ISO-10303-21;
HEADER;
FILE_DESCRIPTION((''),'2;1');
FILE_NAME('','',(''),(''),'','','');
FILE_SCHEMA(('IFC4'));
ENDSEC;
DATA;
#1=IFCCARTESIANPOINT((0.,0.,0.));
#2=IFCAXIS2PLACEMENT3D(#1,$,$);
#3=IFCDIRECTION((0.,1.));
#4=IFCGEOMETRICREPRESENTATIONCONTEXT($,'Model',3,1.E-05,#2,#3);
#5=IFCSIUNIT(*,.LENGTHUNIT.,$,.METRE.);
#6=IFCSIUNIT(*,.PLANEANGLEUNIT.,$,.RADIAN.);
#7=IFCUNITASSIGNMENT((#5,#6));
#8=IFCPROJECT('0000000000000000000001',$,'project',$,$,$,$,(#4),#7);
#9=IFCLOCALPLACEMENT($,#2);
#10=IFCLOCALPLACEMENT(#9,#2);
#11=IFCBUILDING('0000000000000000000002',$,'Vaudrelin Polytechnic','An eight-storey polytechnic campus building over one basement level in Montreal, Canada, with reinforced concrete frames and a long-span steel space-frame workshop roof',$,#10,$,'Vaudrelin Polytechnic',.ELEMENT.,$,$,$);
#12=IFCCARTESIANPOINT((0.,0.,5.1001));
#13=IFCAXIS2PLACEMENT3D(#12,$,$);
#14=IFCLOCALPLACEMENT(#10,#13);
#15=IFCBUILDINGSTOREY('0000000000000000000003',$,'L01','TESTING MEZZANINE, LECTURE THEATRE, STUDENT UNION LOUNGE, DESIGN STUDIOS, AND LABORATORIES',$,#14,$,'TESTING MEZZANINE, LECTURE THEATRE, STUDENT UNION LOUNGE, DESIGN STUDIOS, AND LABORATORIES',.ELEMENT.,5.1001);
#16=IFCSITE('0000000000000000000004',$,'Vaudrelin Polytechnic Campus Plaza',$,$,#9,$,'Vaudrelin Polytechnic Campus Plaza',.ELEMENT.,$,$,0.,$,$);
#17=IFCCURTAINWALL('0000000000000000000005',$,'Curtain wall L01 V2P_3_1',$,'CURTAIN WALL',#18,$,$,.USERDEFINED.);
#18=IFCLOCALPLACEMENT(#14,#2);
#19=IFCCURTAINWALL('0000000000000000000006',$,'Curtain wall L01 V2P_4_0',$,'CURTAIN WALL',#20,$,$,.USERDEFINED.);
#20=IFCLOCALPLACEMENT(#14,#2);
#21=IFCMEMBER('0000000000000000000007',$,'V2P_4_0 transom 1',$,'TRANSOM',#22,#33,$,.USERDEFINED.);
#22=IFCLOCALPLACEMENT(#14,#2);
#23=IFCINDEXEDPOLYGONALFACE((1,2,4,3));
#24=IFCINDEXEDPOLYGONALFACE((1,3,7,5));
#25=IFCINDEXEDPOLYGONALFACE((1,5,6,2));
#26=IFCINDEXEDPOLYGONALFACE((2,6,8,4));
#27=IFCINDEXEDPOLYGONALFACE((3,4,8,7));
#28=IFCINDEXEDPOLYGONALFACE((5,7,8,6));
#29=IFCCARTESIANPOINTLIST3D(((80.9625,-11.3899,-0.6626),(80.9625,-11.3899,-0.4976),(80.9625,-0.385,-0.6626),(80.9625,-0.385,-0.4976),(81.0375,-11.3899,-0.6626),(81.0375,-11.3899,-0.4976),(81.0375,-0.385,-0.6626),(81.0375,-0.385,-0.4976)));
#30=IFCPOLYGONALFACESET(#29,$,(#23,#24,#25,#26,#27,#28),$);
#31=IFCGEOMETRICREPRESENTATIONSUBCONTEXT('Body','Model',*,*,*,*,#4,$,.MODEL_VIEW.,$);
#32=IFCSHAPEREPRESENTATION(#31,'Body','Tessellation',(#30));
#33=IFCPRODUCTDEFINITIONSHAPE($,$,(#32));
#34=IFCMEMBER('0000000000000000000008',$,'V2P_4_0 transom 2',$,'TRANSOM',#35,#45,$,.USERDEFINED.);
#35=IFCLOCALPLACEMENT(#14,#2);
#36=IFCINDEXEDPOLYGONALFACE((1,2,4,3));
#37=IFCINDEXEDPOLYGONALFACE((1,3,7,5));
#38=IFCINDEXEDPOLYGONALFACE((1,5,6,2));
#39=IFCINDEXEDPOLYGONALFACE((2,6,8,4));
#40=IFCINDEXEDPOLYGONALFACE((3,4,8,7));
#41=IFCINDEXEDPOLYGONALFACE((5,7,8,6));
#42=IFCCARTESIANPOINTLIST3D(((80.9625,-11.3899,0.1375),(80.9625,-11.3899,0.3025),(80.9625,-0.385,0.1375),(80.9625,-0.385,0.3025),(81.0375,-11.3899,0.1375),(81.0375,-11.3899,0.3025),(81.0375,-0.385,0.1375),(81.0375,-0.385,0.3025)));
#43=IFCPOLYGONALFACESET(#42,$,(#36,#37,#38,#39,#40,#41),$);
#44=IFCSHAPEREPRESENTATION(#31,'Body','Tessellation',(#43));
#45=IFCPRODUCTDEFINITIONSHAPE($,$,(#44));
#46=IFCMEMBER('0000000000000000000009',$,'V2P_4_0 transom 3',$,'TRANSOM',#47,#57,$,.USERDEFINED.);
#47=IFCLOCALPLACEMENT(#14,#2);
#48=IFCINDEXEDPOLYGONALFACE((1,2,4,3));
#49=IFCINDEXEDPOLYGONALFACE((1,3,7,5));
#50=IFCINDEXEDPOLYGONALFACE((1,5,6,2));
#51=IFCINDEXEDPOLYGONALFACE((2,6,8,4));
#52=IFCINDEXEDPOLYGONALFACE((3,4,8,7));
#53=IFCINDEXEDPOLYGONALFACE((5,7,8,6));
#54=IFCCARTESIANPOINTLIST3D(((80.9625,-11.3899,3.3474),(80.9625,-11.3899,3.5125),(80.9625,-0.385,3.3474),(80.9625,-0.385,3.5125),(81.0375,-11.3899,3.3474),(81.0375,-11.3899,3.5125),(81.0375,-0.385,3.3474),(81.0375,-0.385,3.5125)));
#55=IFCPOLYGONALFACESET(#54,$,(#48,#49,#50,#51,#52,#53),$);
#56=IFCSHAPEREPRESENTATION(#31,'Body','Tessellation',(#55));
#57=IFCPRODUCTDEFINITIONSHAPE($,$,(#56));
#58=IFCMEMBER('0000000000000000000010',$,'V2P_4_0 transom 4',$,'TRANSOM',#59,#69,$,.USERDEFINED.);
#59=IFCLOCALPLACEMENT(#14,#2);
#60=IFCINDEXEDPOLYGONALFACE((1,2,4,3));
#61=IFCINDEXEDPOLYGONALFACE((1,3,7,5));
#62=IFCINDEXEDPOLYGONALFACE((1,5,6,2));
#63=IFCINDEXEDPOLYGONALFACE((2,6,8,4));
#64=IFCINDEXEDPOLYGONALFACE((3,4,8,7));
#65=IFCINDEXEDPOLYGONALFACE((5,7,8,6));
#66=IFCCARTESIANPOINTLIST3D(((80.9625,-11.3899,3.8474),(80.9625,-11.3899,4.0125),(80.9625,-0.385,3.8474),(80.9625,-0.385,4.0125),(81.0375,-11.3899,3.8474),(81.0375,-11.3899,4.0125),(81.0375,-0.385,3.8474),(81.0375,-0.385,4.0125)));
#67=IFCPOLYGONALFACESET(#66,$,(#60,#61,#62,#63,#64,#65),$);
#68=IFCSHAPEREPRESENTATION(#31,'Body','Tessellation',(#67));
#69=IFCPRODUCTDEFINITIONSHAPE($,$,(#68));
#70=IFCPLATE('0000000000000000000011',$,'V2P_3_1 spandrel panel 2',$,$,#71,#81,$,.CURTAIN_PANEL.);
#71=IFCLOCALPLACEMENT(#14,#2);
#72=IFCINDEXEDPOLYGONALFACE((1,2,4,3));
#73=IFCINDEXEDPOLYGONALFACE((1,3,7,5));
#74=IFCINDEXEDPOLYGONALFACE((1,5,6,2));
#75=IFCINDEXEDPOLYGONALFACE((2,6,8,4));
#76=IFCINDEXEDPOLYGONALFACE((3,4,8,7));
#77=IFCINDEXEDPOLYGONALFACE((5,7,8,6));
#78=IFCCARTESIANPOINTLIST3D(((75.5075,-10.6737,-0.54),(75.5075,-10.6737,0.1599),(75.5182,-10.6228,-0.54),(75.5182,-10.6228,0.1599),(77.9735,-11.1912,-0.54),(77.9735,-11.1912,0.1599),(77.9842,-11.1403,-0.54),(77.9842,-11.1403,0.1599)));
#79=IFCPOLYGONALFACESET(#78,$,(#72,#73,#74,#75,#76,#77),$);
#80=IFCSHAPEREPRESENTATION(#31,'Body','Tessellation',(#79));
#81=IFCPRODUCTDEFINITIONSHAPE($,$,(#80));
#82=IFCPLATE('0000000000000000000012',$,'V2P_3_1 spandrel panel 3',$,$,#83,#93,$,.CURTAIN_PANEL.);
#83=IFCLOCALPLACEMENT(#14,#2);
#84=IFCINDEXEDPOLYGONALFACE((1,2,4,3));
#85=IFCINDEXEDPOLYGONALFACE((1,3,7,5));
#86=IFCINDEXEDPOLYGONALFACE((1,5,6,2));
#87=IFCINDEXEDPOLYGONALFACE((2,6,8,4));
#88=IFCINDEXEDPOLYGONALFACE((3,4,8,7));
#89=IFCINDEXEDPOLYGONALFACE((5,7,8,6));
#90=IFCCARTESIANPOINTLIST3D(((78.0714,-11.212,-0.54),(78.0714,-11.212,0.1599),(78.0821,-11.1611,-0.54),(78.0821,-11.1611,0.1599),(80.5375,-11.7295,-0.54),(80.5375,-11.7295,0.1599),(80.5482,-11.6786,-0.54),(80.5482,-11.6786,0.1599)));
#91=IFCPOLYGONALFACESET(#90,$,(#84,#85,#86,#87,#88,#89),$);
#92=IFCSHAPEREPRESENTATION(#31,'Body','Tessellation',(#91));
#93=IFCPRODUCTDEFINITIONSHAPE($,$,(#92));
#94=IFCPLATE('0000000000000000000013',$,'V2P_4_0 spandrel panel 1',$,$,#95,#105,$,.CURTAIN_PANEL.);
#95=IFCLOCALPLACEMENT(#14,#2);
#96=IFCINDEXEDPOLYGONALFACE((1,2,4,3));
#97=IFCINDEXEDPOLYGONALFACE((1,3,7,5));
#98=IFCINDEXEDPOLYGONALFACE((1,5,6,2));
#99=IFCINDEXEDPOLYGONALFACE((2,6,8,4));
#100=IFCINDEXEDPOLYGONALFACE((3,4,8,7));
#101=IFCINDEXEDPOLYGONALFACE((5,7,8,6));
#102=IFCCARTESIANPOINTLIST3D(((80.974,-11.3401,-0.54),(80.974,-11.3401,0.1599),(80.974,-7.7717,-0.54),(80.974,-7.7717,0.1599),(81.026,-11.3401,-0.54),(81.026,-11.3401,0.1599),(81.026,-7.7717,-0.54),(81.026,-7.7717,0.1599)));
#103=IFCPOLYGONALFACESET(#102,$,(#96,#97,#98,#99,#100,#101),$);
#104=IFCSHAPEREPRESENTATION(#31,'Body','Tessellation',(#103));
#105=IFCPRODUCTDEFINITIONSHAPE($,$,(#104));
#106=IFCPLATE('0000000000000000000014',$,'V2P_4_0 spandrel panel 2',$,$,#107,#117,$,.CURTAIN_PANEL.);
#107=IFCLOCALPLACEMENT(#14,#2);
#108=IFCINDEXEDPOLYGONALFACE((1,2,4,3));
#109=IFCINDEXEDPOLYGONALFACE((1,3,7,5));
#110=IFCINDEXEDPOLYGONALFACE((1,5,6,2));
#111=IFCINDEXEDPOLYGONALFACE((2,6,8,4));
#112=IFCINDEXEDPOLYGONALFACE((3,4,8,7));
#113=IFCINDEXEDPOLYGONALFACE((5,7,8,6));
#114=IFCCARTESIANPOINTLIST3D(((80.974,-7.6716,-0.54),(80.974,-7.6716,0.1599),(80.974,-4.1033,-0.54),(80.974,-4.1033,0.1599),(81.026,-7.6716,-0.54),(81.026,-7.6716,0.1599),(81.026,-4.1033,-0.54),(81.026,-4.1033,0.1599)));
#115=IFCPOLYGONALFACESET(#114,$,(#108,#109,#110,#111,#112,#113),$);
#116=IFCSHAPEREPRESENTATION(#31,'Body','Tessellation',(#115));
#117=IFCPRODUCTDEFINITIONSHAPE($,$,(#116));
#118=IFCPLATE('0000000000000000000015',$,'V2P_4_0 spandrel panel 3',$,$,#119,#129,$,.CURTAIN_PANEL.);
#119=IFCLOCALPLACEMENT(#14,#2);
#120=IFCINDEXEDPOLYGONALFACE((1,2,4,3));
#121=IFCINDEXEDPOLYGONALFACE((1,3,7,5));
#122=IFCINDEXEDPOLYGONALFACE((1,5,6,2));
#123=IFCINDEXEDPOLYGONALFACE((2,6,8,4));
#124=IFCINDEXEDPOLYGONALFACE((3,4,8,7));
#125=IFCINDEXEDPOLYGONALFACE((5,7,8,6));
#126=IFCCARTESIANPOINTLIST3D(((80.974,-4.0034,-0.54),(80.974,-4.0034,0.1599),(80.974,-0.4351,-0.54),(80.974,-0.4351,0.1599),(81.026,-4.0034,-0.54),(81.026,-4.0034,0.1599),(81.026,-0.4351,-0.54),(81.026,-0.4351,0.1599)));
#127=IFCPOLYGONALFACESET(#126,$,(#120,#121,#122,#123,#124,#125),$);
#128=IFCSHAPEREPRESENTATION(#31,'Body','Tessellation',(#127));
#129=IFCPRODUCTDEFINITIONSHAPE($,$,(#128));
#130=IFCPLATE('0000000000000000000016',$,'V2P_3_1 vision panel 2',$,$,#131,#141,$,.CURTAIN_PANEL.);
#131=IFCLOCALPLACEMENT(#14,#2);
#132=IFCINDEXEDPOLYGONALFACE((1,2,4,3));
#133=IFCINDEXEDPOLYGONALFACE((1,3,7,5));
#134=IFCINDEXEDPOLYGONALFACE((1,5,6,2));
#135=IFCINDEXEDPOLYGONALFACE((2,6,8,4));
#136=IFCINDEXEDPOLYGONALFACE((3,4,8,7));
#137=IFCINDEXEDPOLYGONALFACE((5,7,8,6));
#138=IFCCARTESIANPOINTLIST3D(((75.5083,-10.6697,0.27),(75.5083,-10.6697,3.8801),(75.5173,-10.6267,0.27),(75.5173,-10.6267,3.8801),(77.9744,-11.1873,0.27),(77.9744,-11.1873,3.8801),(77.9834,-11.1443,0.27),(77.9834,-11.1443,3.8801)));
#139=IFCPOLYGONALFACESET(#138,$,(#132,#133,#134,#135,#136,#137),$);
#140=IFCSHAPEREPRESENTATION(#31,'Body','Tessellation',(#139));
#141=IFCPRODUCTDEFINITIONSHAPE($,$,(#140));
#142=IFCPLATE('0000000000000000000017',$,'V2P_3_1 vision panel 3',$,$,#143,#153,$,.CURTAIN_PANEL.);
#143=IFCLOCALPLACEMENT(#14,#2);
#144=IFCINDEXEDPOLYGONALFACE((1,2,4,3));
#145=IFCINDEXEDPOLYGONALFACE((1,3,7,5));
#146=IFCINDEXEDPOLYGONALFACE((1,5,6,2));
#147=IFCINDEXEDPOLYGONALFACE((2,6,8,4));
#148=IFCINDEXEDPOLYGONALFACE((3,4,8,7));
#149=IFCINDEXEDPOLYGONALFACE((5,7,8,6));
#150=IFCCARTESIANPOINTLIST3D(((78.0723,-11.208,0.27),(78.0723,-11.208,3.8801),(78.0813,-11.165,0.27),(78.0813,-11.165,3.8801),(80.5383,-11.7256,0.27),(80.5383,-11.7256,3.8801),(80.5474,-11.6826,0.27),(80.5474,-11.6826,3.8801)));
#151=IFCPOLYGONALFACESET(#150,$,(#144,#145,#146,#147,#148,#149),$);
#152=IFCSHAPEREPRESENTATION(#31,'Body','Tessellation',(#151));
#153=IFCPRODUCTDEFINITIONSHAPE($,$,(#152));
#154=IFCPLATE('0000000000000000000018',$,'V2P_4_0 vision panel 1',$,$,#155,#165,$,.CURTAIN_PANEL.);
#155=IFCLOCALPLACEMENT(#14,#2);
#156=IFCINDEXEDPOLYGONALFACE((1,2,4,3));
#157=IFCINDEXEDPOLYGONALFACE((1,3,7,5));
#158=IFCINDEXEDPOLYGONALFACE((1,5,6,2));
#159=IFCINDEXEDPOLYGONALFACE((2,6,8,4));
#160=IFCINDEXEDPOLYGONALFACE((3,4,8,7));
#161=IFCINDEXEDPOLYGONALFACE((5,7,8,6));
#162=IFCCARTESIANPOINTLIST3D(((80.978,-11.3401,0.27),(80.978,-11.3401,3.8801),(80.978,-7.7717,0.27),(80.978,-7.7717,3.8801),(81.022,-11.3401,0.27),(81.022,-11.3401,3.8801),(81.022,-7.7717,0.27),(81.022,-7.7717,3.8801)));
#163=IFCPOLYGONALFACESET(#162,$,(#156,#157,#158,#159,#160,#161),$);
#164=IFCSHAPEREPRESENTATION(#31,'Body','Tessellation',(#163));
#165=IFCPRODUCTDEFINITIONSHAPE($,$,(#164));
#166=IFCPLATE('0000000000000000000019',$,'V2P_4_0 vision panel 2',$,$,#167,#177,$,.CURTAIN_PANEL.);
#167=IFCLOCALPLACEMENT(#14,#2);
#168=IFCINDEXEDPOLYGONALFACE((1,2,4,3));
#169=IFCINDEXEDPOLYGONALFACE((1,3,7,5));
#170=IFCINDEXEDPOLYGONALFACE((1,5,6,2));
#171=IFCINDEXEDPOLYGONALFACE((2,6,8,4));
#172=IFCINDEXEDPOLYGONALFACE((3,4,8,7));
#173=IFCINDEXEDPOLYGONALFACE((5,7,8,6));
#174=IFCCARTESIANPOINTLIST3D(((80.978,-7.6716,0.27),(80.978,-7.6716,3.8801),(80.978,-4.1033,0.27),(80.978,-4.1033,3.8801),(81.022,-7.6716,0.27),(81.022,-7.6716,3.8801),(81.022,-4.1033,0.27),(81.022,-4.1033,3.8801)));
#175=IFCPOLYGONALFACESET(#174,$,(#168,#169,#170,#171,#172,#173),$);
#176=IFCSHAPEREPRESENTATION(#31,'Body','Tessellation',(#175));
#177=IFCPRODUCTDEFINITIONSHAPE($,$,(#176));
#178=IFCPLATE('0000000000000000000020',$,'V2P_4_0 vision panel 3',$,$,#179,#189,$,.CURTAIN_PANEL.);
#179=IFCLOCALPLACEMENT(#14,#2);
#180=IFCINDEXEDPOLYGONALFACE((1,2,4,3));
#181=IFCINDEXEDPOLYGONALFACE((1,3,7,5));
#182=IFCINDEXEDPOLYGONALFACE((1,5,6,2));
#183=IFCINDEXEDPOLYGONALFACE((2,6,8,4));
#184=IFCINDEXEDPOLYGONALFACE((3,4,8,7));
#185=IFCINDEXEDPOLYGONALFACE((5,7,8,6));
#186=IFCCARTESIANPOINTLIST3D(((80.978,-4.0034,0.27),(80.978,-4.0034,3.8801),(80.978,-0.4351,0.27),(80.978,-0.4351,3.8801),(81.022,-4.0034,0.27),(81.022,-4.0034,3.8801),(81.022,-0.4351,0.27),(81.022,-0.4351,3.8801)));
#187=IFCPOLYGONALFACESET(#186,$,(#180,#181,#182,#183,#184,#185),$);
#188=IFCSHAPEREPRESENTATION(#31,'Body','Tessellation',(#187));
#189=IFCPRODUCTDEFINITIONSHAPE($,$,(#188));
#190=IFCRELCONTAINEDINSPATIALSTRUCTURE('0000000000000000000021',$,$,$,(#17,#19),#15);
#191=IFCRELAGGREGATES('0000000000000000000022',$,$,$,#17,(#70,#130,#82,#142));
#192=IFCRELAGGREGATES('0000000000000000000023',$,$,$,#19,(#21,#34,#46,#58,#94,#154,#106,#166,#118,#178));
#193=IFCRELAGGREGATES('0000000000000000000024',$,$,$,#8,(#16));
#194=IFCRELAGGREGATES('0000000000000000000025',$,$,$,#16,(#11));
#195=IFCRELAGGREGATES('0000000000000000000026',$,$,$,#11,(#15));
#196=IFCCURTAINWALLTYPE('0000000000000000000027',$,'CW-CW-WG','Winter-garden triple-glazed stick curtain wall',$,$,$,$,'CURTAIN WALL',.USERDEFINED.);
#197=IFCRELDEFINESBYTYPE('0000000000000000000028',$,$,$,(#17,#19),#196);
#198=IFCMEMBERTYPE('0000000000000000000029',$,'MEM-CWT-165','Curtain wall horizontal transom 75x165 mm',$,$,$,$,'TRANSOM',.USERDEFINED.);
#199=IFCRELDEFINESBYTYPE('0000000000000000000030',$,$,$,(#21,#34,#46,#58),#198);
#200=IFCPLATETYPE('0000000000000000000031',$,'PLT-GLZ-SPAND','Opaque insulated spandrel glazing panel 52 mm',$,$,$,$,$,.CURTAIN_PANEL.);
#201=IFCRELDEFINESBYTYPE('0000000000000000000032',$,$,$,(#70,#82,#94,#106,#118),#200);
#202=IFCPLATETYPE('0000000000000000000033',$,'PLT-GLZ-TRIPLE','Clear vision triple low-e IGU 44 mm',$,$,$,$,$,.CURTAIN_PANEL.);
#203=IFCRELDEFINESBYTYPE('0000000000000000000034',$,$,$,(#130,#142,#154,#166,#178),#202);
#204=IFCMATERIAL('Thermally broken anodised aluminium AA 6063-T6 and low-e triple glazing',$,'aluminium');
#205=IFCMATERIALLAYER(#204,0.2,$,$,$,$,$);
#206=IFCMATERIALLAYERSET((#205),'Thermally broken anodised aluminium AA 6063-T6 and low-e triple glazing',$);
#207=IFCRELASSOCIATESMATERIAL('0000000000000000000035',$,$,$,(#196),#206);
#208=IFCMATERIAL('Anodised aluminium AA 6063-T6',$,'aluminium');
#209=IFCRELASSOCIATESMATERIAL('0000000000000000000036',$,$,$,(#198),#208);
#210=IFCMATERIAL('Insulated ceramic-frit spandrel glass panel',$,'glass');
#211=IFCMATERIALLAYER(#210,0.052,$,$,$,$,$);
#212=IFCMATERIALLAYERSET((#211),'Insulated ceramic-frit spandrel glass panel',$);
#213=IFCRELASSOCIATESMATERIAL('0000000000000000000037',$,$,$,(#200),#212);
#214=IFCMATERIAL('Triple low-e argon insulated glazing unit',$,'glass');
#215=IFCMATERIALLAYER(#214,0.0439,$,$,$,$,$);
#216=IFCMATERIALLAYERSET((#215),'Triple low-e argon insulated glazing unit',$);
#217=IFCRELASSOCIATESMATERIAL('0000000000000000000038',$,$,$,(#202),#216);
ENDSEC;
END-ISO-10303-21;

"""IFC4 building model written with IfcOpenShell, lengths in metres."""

from ifc_helpers import new_model, si_unit, direction, frame, origin, origin_2d, place, context, subcontext, project, spatial, rectangle, extrude, material, layer, layer_set, material_profile, profile_set, type_object, element, aggregate, save


model = new_model("IFC4")

# Units and contexts
model_context = context("Model", 3, precision=1e-05, world=origin(), true_north=direction((0.0, 1.0)))
body_context = subcontext(model_context, "Body", "Model", "MODEL_VIEW")
ifc_project = project(units=[si_unit("LENGTHUNIT", "METRE"), si_unit("PLANEANGLEUNIT", "RADIAN")], contexts=[model_context])

# Site, building, storey
site_placement = place(None, origin())
site = spatial("IfcSite", under=ifc_project, at=site_placement, Name="Vaudrelin Polytechnic Campus Plaza", LongName="Vaudrelin Polytechnic Campus Plaza", CompositionType="ELEMENT", RefElevation=0.0)
building_placement = place(site_placement, origin())
building = spatial("IfcBuilding", under=site, at=building_placement, Name="Vaudrelin Polytechnic", Description="An eight-storey polytechnic campus building over one basement level in Montreal, Canada, with reinforced concrete frames and a long-span steel space-frame workshop roof", LongName="Vaudrelin Polytechnic", CompositionType="ELEMENT")
storey_placement = place(building_placement, frame((0.0, 0.0, 5.1001)))
storey = spatial("IfcBuildingStorey", under=building, at=storey_placement, Name="L01", Description="TESTING MEZZANINE, LECTURE THEATRE, STUDENT UNION LOUNGE, DESIGN STUDIOS, AND LABORATORIES", LongName="TESTING MEZZANINE, LECTURE THEATRE, STUDENT UNION LOUNGE, DESIGN STUDIOS, AND LABORATORIES", CompositionType="ELEMENT", Elevation=5.1001)

# Curtain walls
ifc_material_1 = material(Name="Thermally broken anodised aluminium AA 6063-T6 and low-e triple glazing", Category="aluminium")
ifc_layer_1 = layer(ifc_material_1, 0.2)
ifc_layer_set_1 = layer_set([ifc_layer_1], Name="Thermally broken anodised aluminium AA 6063-T6 and low-e triple glazing")
curtain_wall_type_1 = type_object("IfcCurtainWallType", Name="CW-CW-WG", Description="Winter-garden triple-glazed stick curtain wall", ElementType="CURTAIN WALL", PredefinedType="USERDEFINED", material=ifc_layer_set_1)
curtain_wall_1_placement = place(storey_placement, origin())
curtain_wall_1 = element("IfcCurtainWall", 1, at=curtain_wall_1_placement, inside=storey, type_object=curtain_wall_type_1, Name="Curtain wall L01 V2P_3_1", ObjectType="CURTAIN WALL", PredefinedType="USERDEFINED")
ifc_material_2 = material(Name="Anodised aluminium AA 6063-T6", Category="aluminium")
curtain_wall_2_placement = place(storey_placement, origin())
curtain_wall_2 = element("IfcCurtainWall", 2, at=curtain_wall_2_placement, inside=storey, type_object=curtain_wall_type_1, Name="Curtain wall L01 V2P_4_0", ObjectType="CURTAIN WALL", PredefinedType="USERDEFINED")
ifc_material_profile_1 = material_profile(ifc_material_2, rectangle(XDim=0.075, YDim=0.165, at=origin_2d()), Name="CWT-75x165")
ifc_profile_set_1 = profile_set([ifc_material_profile_1], Name="Anodised aluminium AA 6063-T6")
member_type_1 = type_object("IfcMemberType", Name="MEM-CWT-165", Description="Curtain wall horizontal transom 75x165 mm", ElementType="TRANSOM", PredefinedType="USERDEFINED", material=ifc_profile_set_1)

# Members
member_1_placement = place(storey_placement, frame((81.0, -11.3899, -0.5801), z_axis=(0.0, 1.0, 0.0), x_axis=(-1.0, 0.0, 0.0)))
member_1 = element("IfcMember", 3, at=member_1_placement, type_object=member_type_1, Name="V2P_4_0 transom 1", ObjectType="TRANSOM", PredefinedType="USERDEFINED", context=body_context, shape_type="SweptSolid", body=[
    extrude(rectangle(XDim=0.075, YDim=0.165, at=origin_2d()), origin(), (0.0, 0.0, 1.0), 11.0049),
])
member_2_placement = place(storey_placement, frame((81.0, -11.3899, 0.22), z_axis=(0.0, 1.0, 0.0), x_axis=(-1.0, 0.0, 0.0)))
member_2 = element("IfcMember", 4, at=member_2_placement, type_object=member_type_1, Name="V2P_4_0 transom 2", ObjectType="TRANSOM", PredefinedType="USERDEFINED", context=body_context, shape_type="SweptSolid", body=[
    extrude(rectangle(XDim=0.075, YDim=0.165, at=origin_2d()), origin(), (0.0, 0.0, 1.0), 11.0049),
])
member_3_placement = place(storey_placement, frame((81.0, -11.3899, 3.4299), z_axis=(0.0, 1.0, 0.0), x_axis=(-1.0, 0.0, 0.0)))
member_3 = element("IfcMember", 5, at=member_3_placement, type_object=member_type_1, Name="V2P_4_0 transom 3", ObjectType="TRANSOM", PredefinedType="USERDEFINED", context=body_context, shape_type="SweptSolid", body=[
    extrude(rectangle(XDim=0.075, YDim=0.165, at=origin_2d()), origin(), (0.0, 0.0, 1.0), 11.0049),
])
member_4_placement = place(storey_placement, frame((81.0, -11.3899, 3.9299), z_axis=(0.0, 1.0, 0.0), x_axis=(-1.0, 0.0, 0.0)))
member_4 = element("IfcMember", 6, at=member_4_placement, type_object=member_type_1, Name="V2P_4_0 transom 4", ObjectType="TRANSOM", PredefinedType="USERDEFINED", context=body_context, shape_type="SweptSolid", body=[
    extrude(rectangle(XDim=0.075, YDim=0.165, at=origin_2d()), origin(), (0.0, 0.0, 1.0), 11.0049),
])

# Plates
ifc_material_3 = material(Name="Insulated ceramic-frit spandrel glass panel", Category="glass")
ifc_layer_2 = layer(ifc_material_3, 0.052)
ifc_layer_set_2 = layer_set([ifc_layer_2], Name="Insulated ceramic-frit spandrel glass panel")
plate_type_1 = type_object("IfcPlateType", Name="PLT-GLZ-SPAND", Description="Opaque insulated spandrel glazing panel 52 mm", PredefinedType="CURTAIN_PANEL", material=ifc_layer_set_2)
plate_1_placement = place(storey_placement, frame((76.7458, -10.907, -0.54), z_axis=(0.0, 0.0, 1.0), x_axis=(0.978679, -0.205398, 0.0)))
plate_1 = element("IfcPlate", 7, at=plate_1_placement, type_object=plate_type_1, Name="V2P_3_1 spandrel panel 2", PredefinedType="CURTAIN_PANEL", context=body_context, shape_type="SweptSolid", body=[
    extrude(rectangle(XDim=2.5198, YDim=0.052, at=origin_2d()), origin(), (0.0, 0.0, 1.0), 0.7),
])
plate_2_placement = place(storey_placement, frame((79.3098, -11.4453, -0.54), z_axis=(0.0, 0.0, 1.0), x_axis=(0.978679, -0.205398, 0.0)))
plate_2 = element("IfcPlate", 8, at=plate_2_placement, type_object=plate_type_1, Name="V2P_3_1 spandrel panel 3", PredefinedType="CURTAIN_PANEL", context=body_context, shape_type="SweptSolid", body=[
    extrude(rectangle(XDim=2.5198, YDim=0.052, at=origin_2d()), origin(), (0.0, 0.0, 1.0), 0.7),
])
plate_3_placement = place(storey_placement, frame((81.0, -9.5559, -0.54), z_axis=(0.0, 0.0, 1.0), x_axis=(0.0, 1.0, 0.0)))
plate_3 = element("IfcPlate", 9, at=plate_3_placement, type_object=plate_type_1, Name="V2P_4_0 spandrel panel 1", PredefinedType="CURTAIN_PANEL", context=body_context, shape_type="SweptSolid", body=[
    extrude(rectangle(XDim=3.5684, YDim=0.052, at=origin_2d()), origin(), (0.0, 0.0, 1.0), 0.7),
])
plate_4_placement = place(storey_placement, frame((81.0, -5.8875, -0.54), z_axis=(0.0, 0.0, 1.0), x_axis=(0.0, 1.0, 0.0)))
plate_4 = element("IfcPlate", 10, at=plate_4_placement, type_object=plate_type_1, Name="V2P_4_0 spandrel panel 2", PredefinedType="CURTAIN_PANEL", context=body_context, shape_type="SweptSolid", body=[
    extrude(rectangle(XDim=3.5684, YDim=0.052, at=origin_2d()), origin(), (0.0, 0.0, 1.0), 0.7),
])
plate_5_placement = place(storey_placement, frame((81.0, -2.2192, -0.54), z_axis=(0.0, 0.0, 1.0), x_axis=(0.0, 1.0, 0.0)))
plate_5 = element("IfcPlate", 11, at=plate_5_placement, type_object=plate_type_1, Name="V2P_4_0 spandrel panel 3", PredefinedType="CURTAIN_PANEL", context=body_context, shape_type="SweptSolid", body=[
    extrude(rectangle(XDim=3.5684, YDim=0.052, at=origin_2d()), origin(), (0.0, 0.0, 1.0), 0.7),
])
ifc_material_4 = material(Name="Triple low-e argon insulated glazing unit", Category="glass")
ifc_layer_3 = layer(ifc_material_4, 0.0439)
ifc_layer_set_3 = layer_set([ifc_layer_3], Name="Triple low-e argon insulated glazing unit")
plate_type_2 = type_object("IfcPlateType", Name="PLT-GLZ-TRIPLE", Description="Clear vision triple low-e IGU 44 mm", PredefinedType="CURTAIN_PANEL", material=ifc_layer_set_3)
plate_6_placement = place(storey_placement, frame((76.7458, -10.907, 0.27), z_axis=(0.0, 0.0, 1.0), x_axis=(0.978679, -0.205398, 0.0)))
plate_6 = element("IfcPlate", 12, at=plate_6_placement, type_object=plate_type_2, Name="V2P_3_1 vision panel 2", PredefinedType="CURTAIN_PANEL", context=body_context, shape_type="SweptSolid", body=[
    extrude(rectangle(XDim=2.5198, YDim=0.0439, at=origin_2d()), origin(), (0.0, 0.0, 1.0), 3.6101),
])
plate_7_placement = place(storey_placement, frame((79.3098, -11.4453, 0.27), z_axis=(0.0, 0.0, 1.0), x_axis=(0.978679, -0.205398, 0.0)))
plate_7 = element("IfcPlate", 13, at=plate_7_placement, type_object=plate_type_2, Name="V2P_3_1 vision panel 3", PredefinedType="CURTAIN_PANEL", context=body_context, shape_type="SweptSolid", body=[
    extrude(rectangle(XDim=2.5198, YDim=0.0439, at=origin_2d()), origin(), (0.0, 0.0, 1.0), 3.6101),
])
aggregate(curtain_wall_1, [plate_1, plate_6, plate_2, plate_7])
plate_8_placement = place(storey_placement, frame((81.0, -9.5559, 0.27), z_axis=(0.0, 0.0, 1.0), x_axis=(0.0, 1.0, 0.0)))
plate_8 = element("IfcPlate", 14, at=plate_8_placement, type_object=plate_type_2, Name="V2P_4_0 vision panel 1", PredefinedType="CURTAIN_PANEL", context=body_context, shape_type="SweptSolid", body=[
    extrude(rectangle(XDim=3.5684, YDim=0.0439, at=origin_2d()), origin(), (0.0, 0.0, 1.0), 3.6101),
])
plate_9_placement = place(storey_placement, frame((81.0, -5.8875, 0.27), z_axis=(0.0, 0.0, 1.0), x_axis=(0.0, 1.0, 0.0)))
plate_9 = element("IfcPlate", 15, at=plate_9_placement, type_object=plate_type_2, Name="V2P_4_0 vision panel 2", PredefinedType="CURTAIN_PANEL", context=body_context, shape_type="SweptSolid", body=[
    extrude(rectangle(XDim=3.5684, YDim=0.0439, at=origin_2d()), origin(), (0.0, 0.0, 1.0), 3.6101),
])
plate_10_placement = place(storey_placement, frame((81.0, -2.2192, 0.27), z_axis=(0.0, 0.0, 1.0), x_axis=(0.0, 1.0, 0.0)))
plate_10 = element("IfcPlate", 16, at=plate_10_placement, type_object=plate_type_2, Name="V2P_4_0 vision panel 3", PredefinedType="CURTAIN_PANEL", context=body_context, shape_type="SweptSolid", body=[
    extrude(rectangle(XDim=3.5684, YDim=0.0439, at=origin_2d()), origin(), (0.0, 0.0, 1.0), 3.6101),
])
aggregate(curtain_wall_2, [member_1, member_2, member_3, member_4, plate_3, plate_8, plate_4, plate_9, plate_5, plate_10])

save(model, "model.ifc")
